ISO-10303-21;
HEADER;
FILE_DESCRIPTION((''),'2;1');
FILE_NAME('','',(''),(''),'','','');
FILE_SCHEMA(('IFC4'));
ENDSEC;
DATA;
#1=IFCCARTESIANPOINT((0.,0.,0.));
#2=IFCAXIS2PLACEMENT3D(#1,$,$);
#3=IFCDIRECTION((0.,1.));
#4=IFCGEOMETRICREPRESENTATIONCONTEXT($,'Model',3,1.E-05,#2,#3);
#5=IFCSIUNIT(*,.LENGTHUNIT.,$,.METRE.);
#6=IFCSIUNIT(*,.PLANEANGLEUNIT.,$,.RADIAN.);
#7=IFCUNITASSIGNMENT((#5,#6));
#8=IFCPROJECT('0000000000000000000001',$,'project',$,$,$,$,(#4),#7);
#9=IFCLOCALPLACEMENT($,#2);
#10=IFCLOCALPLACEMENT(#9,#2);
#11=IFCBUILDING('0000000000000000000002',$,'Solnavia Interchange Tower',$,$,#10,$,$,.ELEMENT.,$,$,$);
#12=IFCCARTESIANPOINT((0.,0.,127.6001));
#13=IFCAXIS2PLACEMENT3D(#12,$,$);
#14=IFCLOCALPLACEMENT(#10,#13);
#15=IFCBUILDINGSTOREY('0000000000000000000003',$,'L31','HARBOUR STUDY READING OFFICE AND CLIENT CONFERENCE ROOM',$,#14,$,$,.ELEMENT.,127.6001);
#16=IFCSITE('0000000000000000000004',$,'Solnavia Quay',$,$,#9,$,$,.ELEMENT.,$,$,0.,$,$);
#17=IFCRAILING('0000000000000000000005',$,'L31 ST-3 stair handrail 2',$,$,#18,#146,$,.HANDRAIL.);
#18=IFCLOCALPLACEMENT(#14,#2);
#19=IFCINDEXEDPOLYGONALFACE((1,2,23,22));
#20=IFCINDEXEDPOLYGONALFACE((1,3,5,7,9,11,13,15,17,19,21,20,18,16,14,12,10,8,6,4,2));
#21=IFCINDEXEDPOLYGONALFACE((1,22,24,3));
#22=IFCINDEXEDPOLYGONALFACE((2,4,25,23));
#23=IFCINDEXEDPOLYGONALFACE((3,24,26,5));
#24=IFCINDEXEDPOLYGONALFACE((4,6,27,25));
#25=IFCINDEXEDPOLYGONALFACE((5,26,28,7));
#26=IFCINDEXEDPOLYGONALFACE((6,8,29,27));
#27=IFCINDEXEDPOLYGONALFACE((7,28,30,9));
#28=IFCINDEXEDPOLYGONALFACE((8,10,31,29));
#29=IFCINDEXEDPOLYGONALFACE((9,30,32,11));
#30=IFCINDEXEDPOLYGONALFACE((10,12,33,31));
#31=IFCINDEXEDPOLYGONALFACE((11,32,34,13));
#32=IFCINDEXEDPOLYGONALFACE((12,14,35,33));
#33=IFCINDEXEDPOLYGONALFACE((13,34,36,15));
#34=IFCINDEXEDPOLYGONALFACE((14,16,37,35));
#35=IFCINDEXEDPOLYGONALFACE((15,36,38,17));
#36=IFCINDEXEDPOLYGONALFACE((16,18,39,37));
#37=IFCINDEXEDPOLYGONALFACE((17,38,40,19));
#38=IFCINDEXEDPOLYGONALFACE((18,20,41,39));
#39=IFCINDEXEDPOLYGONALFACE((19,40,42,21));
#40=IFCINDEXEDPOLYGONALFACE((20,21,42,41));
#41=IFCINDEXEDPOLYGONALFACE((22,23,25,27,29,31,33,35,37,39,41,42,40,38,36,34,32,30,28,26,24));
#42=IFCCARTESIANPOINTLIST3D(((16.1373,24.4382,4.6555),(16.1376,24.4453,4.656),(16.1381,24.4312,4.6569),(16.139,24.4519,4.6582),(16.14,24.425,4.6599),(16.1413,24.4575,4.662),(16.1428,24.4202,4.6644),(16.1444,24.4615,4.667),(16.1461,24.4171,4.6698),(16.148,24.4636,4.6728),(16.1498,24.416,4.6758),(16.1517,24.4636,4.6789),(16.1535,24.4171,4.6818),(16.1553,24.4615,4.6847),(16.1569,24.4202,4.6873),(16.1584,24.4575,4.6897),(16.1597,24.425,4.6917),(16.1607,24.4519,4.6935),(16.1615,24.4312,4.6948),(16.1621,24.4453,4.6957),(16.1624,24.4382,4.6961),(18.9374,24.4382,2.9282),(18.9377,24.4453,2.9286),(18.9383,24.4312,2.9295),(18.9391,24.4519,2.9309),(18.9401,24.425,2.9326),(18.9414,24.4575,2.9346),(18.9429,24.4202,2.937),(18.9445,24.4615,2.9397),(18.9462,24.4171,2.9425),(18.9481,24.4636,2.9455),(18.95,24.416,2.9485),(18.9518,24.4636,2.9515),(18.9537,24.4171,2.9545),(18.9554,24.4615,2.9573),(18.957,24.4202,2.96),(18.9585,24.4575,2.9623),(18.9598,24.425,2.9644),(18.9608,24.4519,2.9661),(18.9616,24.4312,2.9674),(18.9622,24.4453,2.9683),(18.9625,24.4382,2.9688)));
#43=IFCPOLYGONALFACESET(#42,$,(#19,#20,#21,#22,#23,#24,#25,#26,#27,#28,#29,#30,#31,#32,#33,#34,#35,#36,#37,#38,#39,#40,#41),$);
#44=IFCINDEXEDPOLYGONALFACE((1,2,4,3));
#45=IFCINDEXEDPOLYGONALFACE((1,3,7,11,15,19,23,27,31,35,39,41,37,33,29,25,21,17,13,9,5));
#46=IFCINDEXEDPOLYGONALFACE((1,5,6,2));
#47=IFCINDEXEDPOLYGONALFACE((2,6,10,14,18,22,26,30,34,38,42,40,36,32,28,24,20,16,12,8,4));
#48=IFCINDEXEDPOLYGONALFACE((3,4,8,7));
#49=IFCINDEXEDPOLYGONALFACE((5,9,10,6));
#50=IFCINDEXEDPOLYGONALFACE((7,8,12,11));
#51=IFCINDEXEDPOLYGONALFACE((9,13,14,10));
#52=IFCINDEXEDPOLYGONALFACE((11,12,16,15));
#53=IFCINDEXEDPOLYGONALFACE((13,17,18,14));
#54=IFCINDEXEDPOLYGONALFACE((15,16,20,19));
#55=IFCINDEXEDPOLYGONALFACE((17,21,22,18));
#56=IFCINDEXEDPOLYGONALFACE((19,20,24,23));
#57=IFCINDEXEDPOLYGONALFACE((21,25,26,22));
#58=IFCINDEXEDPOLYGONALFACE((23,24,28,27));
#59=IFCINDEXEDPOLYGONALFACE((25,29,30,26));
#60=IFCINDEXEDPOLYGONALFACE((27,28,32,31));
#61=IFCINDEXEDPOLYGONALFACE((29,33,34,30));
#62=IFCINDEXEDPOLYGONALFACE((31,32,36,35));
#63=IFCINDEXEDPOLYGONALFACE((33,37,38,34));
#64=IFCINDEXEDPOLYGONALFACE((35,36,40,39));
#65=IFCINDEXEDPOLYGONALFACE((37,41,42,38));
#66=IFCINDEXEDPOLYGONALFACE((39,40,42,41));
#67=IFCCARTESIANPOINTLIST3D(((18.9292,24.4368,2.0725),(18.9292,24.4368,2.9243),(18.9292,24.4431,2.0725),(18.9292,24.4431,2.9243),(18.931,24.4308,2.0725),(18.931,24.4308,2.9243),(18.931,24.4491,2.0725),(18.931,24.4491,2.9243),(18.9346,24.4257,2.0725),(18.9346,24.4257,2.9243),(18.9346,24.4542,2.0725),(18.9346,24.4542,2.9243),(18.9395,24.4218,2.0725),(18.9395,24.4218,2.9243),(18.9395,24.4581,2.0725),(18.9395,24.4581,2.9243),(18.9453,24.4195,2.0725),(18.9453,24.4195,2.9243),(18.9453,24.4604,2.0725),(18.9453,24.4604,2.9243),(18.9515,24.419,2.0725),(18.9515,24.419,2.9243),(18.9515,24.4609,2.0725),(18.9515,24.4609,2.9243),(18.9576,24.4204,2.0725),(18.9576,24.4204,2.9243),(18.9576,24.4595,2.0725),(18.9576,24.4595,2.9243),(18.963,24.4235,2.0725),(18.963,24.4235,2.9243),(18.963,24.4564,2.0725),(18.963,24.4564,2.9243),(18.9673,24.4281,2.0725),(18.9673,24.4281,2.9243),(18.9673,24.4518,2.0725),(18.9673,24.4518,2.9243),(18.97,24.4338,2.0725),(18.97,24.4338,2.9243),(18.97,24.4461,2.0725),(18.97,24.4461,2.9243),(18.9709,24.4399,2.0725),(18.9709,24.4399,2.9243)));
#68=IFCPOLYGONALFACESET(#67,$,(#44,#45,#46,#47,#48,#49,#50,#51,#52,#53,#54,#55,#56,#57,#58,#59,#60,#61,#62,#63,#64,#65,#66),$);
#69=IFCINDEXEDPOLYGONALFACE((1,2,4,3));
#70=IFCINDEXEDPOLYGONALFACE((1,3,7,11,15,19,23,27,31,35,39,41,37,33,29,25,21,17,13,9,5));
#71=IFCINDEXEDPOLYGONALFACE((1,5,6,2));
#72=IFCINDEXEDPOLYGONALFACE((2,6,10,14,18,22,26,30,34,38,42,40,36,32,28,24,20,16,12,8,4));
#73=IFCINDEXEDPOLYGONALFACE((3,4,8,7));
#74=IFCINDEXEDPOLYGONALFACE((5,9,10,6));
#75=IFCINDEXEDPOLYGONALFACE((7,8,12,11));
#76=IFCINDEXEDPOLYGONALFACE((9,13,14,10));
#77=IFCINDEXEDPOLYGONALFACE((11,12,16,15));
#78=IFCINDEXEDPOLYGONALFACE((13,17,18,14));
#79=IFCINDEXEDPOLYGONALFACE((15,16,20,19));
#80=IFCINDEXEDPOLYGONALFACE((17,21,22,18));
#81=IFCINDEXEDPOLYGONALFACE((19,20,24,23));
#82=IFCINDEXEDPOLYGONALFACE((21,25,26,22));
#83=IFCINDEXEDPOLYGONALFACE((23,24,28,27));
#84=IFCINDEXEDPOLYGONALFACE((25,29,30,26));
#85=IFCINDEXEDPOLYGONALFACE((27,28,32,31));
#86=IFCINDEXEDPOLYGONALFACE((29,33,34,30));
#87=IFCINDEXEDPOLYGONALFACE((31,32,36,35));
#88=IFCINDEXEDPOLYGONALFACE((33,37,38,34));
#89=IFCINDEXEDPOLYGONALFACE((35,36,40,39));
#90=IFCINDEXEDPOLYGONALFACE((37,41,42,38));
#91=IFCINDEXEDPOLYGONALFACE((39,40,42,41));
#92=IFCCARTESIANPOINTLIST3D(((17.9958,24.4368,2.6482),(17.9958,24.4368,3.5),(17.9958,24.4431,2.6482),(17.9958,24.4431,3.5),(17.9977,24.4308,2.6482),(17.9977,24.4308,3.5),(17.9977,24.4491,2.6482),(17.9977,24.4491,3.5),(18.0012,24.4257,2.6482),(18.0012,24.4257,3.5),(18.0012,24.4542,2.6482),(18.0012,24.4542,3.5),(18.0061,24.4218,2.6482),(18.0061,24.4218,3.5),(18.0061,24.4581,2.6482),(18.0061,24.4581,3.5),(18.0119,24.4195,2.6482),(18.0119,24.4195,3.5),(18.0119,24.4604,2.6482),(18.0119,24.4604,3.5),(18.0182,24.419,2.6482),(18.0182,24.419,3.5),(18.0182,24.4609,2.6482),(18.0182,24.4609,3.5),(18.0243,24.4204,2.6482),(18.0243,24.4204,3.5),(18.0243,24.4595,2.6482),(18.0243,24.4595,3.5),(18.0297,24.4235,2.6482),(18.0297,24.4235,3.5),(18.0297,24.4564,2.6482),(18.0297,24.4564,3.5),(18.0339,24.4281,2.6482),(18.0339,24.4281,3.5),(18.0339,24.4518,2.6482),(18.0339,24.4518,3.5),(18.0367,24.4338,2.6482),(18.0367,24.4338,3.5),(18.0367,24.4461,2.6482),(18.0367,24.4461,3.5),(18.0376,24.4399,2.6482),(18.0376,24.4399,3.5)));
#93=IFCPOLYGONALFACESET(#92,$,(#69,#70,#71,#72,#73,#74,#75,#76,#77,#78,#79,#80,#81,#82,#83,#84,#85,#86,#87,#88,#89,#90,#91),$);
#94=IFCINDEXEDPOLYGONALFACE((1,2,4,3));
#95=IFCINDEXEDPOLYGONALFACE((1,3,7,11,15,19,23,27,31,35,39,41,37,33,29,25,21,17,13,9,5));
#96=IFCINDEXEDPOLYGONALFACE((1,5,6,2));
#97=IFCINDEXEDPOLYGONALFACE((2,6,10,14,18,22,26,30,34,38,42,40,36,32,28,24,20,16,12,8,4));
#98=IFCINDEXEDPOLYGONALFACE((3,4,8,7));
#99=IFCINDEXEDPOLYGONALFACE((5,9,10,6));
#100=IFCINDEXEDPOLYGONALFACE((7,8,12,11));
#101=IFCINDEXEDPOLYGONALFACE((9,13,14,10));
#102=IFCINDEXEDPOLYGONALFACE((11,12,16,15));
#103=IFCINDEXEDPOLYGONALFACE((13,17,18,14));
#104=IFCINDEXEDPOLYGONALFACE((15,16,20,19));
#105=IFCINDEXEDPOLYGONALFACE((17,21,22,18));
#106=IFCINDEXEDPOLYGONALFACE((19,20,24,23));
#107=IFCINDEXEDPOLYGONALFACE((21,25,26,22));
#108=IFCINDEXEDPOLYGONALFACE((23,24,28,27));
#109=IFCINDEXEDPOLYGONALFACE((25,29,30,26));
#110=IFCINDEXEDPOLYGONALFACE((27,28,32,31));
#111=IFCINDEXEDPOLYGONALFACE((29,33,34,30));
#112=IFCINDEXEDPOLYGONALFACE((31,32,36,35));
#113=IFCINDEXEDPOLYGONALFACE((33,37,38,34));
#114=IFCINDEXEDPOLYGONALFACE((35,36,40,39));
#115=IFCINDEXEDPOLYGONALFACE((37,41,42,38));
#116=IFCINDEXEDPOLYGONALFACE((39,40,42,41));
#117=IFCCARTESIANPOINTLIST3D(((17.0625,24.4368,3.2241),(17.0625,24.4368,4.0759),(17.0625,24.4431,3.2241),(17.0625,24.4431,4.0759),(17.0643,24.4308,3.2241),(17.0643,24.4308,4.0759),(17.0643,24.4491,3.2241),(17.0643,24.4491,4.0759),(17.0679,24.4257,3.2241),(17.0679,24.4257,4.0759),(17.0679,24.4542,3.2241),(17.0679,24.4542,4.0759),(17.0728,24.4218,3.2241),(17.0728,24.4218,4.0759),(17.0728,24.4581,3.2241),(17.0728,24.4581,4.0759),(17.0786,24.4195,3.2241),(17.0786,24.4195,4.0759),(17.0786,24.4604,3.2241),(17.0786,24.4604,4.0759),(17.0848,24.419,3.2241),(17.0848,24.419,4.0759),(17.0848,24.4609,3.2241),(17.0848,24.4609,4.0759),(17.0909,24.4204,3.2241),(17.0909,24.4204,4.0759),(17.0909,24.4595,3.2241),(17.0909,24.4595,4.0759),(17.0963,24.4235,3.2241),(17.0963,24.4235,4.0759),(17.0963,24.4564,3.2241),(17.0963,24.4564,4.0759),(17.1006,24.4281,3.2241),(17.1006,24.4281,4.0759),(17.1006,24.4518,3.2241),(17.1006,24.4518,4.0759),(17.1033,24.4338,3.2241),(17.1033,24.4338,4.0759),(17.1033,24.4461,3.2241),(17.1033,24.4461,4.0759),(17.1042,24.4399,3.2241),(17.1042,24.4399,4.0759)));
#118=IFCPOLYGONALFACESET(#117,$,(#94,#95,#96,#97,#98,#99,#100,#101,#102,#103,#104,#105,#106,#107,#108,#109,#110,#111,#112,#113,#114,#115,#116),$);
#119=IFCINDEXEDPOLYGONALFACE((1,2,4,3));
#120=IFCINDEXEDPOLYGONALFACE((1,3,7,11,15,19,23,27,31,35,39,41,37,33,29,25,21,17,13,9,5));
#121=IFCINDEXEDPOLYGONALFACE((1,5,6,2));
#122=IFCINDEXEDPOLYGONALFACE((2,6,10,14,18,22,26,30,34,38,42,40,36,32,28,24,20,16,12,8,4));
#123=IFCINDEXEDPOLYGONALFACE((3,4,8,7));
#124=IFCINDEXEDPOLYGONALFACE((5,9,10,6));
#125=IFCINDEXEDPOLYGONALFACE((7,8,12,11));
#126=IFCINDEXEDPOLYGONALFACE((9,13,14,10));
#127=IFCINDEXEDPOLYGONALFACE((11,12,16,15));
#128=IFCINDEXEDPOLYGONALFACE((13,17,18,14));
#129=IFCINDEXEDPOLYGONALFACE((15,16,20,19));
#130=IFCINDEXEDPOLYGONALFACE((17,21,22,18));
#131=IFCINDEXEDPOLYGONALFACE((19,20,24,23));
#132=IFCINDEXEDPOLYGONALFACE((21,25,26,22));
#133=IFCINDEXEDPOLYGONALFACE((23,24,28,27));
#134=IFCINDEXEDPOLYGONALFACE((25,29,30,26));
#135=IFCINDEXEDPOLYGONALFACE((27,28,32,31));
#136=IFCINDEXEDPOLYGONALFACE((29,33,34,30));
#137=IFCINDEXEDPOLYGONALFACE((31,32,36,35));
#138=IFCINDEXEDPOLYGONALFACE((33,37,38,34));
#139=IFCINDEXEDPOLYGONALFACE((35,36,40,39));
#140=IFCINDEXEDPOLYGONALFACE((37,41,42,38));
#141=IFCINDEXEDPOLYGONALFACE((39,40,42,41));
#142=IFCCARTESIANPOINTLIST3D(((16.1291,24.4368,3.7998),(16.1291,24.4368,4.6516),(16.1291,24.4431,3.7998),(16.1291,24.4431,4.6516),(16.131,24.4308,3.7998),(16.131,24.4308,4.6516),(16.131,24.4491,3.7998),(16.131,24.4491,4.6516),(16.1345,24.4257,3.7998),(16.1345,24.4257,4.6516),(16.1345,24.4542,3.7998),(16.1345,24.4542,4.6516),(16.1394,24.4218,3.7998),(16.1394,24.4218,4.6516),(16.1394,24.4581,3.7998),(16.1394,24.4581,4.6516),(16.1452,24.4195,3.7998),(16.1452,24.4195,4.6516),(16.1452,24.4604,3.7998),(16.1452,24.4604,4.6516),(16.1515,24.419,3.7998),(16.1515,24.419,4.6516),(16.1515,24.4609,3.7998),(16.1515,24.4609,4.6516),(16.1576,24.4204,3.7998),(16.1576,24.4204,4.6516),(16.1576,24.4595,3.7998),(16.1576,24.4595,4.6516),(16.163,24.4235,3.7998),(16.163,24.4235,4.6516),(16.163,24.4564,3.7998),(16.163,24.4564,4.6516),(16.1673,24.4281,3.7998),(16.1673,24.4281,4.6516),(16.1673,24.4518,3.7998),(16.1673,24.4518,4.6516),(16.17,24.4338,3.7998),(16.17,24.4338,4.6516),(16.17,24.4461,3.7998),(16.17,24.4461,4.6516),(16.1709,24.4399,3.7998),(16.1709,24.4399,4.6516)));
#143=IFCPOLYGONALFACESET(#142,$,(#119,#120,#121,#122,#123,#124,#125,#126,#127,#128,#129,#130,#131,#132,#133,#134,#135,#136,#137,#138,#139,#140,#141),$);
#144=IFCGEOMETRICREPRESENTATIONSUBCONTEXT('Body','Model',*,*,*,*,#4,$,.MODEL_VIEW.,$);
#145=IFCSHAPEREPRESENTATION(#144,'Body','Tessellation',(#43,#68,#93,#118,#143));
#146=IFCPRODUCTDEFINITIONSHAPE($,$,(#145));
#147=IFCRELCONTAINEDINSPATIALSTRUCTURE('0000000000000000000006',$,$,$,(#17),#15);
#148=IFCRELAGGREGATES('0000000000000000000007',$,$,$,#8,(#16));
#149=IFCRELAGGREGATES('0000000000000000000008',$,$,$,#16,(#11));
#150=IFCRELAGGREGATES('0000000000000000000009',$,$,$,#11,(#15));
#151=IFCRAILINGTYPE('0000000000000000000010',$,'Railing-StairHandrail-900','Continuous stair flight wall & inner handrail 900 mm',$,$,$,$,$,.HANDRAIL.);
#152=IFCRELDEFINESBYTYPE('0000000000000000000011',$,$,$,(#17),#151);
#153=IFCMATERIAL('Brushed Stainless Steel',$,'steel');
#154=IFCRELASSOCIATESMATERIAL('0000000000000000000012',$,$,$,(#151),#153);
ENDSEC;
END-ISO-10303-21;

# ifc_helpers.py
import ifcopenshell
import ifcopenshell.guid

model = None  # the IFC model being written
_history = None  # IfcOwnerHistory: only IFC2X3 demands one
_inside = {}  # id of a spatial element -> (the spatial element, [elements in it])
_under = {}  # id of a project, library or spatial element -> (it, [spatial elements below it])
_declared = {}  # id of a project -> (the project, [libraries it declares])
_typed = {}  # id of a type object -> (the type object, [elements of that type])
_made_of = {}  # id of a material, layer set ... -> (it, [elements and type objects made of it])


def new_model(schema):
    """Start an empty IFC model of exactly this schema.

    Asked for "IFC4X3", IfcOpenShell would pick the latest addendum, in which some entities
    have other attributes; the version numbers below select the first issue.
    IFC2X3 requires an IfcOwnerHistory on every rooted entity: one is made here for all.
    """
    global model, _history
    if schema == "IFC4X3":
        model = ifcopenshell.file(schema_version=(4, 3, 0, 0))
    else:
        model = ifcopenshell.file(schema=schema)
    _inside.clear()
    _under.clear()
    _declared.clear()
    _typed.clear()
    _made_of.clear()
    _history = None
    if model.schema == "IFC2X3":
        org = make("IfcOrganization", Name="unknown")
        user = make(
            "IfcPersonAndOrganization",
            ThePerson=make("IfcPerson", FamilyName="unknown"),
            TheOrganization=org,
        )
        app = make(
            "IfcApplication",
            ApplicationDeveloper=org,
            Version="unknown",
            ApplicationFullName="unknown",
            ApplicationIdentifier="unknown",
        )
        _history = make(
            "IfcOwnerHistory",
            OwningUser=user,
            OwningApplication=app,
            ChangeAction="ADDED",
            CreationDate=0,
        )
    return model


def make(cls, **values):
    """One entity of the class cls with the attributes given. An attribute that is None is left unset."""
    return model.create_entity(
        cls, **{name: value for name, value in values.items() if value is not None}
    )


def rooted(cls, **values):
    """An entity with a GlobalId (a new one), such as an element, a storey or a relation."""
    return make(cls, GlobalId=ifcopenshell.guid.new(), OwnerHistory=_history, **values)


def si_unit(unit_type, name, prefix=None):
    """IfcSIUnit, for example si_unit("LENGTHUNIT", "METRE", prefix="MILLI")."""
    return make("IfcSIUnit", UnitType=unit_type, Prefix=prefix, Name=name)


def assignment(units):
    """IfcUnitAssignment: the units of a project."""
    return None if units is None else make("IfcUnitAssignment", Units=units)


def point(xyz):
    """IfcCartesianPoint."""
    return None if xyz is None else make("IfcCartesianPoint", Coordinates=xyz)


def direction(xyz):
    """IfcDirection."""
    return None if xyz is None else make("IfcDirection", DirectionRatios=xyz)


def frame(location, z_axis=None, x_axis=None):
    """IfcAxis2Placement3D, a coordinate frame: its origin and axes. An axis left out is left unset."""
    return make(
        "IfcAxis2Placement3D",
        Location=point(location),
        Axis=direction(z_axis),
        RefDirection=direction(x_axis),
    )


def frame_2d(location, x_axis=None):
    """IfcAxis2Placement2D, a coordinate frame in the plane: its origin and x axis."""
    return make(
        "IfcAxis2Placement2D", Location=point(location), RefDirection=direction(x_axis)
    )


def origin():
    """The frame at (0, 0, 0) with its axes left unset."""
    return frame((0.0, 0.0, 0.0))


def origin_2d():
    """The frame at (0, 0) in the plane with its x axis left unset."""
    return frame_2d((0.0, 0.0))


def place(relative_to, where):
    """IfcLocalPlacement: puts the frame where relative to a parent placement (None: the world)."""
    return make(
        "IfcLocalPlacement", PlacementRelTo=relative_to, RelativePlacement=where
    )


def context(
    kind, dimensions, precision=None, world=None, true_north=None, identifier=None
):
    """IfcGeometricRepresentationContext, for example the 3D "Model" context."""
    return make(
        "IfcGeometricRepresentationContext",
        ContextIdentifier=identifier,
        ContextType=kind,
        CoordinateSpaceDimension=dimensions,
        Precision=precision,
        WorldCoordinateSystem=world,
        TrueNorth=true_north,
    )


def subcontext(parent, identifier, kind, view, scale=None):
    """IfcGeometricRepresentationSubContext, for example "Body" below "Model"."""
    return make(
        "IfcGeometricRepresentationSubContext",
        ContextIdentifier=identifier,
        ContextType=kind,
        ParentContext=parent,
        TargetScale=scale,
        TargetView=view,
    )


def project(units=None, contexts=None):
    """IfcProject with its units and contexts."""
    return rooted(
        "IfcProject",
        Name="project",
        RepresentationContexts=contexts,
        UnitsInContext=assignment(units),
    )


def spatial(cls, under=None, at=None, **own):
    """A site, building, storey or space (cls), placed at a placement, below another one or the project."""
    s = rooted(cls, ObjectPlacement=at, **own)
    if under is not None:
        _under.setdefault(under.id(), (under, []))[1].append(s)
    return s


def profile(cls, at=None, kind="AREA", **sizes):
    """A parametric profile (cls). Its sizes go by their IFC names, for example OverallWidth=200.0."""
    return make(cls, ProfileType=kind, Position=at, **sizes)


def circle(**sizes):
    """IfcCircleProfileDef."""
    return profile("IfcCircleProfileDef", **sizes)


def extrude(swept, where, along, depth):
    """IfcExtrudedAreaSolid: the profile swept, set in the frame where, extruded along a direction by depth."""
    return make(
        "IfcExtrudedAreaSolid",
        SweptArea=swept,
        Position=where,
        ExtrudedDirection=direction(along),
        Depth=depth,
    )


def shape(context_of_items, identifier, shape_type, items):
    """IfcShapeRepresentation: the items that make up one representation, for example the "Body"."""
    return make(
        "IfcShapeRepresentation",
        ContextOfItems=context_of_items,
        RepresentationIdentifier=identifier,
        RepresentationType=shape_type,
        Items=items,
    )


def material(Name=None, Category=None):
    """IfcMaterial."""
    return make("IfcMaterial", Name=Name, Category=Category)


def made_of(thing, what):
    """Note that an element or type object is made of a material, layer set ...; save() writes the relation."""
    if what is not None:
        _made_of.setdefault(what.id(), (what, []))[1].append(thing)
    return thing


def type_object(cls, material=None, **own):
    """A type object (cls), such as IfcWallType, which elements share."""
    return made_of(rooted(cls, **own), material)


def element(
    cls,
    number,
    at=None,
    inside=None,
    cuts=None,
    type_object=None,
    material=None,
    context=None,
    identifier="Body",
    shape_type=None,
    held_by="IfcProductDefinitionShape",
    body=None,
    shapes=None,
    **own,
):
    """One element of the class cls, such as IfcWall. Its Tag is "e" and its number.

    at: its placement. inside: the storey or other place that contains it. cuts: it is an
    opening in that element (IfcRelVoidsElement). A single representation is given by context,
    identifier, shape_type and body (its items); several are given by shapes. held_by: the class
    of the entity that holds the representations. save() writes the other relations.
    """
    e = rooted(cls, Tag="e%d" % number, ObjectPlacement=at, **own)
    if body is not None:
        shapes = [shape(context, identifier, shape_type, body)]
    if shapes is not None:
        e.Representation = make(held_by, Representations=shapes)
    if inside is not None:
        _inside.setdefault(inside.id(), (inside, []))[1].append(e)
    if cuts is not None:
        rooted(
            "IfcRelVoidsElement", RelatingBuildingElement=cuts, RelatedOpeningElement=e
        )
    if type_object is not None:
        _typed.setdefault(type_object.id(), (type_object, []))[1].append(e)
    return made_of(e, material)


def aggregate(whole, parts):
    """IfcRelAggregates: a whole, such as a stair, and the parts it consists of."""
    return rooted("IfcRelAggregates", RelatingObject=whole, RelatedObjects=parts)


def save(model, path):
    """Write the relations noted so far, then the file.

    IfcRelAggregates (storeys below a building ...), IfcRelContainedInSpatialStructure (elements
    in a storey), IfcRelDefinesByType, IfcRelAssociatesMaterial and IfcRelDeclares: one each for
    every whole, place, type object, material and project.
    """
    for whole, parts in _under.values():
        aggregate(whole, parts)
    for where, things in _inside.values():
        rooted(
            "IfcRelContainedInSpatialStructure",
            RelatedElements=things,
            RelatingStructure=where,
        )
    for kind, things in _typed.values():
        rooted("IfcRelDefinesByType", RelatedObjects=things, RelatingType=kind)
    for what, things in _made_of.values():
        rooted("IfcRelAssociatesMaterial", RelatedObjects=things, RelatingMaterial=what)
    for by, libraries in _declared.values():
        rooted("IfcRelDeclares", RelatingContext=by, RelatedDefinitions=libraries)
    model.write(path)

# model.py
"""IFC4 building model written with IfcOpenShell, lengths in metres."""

from ifc_helpers import new_model, si_unit, direction, frame, origin, origin_2d, place, context, subcontext, project, spatial, circle, extrude, material, type_object, element, save


model = new_model("IFC4")

# Units and contexts
model_context = context("Model", 3, precision=1e-05, world=origin(), true_north=direction((0.0, 1.0)))
body_context = subcontext(model_context, "Body", "Model", "MODEL_VIEW")
ifc_project = project(units=[si_unit("LENGTHUNIT", "METRE"), si_unit("PLANEANGLEUNIT", "RADIAN")], contexts=[model_context])

# Site, building, storey
site_placement = place(None, origin())
site = spatial("IfcSite", under=ifc_project, at=site_placement, Name="Solnavia Quay", CompositionType="ELEMENT", RefElevation=0.0)
building_placement = place(site_placement, origin())
building = spatial("IfcBuilding", under=site, at=building_placement, Name="Solnavia Interchange Tower", CompositionType="ELEMENT")
storey_placement = place(building_placement, frame((0.0, 0.0, 127.6001)))
storey = spatial("IfcBuildingStorey", under=building, at=storey_placement, Name="L31", Description="HARBOUR STUDY READING OFFICE AND CLIENT CONFERENCE ROOM", CompositionType="ELEMENT", Elevation=127.6001)

# Railing
ifc_material_1 = material(Name="Brushed Stainless Steel", Category="steel")
railing_type = type_object("IfcRailingType", Name="Railing-StairHandrail-900", Description="Continuous stair flight wall & inner handrail 900 mm", PredefinedType="HANDRAIL", material=ifc_material_1)
railing_placement = place(storey_placement, frame((18.95, 24.4399, 2.0725)))
element("IfcRailing", 1, at=railing_placement, inside=storey, type_object=railing_type, Name="L31 ST-3 stair handrail 2", PredefinedType="HANDRAIL", context=body_context, shape_type="SweptSolid", body=[
    extrude(circle(Radius=0.0239, at=origin_2d()), frame((0.0, 0.0, 0.876), z_axis=(-0.85109, 0.0, 0.52502), x_axis=(0.0, -1.0, 0.0)), (0.0, 0.0, 1.0), 3.29),
    extrude(circle(Radius=0.021, at=origin_2d()), origin(), (0.0, 0.0, 1.0), 0.8518),
    extrude(circle(Radius=0.021, at=origin_2d()), frame((-0.9333, 0.0, 0.5757)), (0.0, 0.0, 1.0), 0.8518),
    extrude(circle(Radius=0.021, at=origin_2d()), frame((-1.8667, 0.0, 1.1516)), (0.0, 0.0, 1.0), 0.8518),
    extrude(circle(Radius=0.021, at=origin_2d()), frame((-2.8, 0.0, 1.7273)), (0.0, 0.0, 1.0), 0.8518),
])

save(model, "model.ifc")
